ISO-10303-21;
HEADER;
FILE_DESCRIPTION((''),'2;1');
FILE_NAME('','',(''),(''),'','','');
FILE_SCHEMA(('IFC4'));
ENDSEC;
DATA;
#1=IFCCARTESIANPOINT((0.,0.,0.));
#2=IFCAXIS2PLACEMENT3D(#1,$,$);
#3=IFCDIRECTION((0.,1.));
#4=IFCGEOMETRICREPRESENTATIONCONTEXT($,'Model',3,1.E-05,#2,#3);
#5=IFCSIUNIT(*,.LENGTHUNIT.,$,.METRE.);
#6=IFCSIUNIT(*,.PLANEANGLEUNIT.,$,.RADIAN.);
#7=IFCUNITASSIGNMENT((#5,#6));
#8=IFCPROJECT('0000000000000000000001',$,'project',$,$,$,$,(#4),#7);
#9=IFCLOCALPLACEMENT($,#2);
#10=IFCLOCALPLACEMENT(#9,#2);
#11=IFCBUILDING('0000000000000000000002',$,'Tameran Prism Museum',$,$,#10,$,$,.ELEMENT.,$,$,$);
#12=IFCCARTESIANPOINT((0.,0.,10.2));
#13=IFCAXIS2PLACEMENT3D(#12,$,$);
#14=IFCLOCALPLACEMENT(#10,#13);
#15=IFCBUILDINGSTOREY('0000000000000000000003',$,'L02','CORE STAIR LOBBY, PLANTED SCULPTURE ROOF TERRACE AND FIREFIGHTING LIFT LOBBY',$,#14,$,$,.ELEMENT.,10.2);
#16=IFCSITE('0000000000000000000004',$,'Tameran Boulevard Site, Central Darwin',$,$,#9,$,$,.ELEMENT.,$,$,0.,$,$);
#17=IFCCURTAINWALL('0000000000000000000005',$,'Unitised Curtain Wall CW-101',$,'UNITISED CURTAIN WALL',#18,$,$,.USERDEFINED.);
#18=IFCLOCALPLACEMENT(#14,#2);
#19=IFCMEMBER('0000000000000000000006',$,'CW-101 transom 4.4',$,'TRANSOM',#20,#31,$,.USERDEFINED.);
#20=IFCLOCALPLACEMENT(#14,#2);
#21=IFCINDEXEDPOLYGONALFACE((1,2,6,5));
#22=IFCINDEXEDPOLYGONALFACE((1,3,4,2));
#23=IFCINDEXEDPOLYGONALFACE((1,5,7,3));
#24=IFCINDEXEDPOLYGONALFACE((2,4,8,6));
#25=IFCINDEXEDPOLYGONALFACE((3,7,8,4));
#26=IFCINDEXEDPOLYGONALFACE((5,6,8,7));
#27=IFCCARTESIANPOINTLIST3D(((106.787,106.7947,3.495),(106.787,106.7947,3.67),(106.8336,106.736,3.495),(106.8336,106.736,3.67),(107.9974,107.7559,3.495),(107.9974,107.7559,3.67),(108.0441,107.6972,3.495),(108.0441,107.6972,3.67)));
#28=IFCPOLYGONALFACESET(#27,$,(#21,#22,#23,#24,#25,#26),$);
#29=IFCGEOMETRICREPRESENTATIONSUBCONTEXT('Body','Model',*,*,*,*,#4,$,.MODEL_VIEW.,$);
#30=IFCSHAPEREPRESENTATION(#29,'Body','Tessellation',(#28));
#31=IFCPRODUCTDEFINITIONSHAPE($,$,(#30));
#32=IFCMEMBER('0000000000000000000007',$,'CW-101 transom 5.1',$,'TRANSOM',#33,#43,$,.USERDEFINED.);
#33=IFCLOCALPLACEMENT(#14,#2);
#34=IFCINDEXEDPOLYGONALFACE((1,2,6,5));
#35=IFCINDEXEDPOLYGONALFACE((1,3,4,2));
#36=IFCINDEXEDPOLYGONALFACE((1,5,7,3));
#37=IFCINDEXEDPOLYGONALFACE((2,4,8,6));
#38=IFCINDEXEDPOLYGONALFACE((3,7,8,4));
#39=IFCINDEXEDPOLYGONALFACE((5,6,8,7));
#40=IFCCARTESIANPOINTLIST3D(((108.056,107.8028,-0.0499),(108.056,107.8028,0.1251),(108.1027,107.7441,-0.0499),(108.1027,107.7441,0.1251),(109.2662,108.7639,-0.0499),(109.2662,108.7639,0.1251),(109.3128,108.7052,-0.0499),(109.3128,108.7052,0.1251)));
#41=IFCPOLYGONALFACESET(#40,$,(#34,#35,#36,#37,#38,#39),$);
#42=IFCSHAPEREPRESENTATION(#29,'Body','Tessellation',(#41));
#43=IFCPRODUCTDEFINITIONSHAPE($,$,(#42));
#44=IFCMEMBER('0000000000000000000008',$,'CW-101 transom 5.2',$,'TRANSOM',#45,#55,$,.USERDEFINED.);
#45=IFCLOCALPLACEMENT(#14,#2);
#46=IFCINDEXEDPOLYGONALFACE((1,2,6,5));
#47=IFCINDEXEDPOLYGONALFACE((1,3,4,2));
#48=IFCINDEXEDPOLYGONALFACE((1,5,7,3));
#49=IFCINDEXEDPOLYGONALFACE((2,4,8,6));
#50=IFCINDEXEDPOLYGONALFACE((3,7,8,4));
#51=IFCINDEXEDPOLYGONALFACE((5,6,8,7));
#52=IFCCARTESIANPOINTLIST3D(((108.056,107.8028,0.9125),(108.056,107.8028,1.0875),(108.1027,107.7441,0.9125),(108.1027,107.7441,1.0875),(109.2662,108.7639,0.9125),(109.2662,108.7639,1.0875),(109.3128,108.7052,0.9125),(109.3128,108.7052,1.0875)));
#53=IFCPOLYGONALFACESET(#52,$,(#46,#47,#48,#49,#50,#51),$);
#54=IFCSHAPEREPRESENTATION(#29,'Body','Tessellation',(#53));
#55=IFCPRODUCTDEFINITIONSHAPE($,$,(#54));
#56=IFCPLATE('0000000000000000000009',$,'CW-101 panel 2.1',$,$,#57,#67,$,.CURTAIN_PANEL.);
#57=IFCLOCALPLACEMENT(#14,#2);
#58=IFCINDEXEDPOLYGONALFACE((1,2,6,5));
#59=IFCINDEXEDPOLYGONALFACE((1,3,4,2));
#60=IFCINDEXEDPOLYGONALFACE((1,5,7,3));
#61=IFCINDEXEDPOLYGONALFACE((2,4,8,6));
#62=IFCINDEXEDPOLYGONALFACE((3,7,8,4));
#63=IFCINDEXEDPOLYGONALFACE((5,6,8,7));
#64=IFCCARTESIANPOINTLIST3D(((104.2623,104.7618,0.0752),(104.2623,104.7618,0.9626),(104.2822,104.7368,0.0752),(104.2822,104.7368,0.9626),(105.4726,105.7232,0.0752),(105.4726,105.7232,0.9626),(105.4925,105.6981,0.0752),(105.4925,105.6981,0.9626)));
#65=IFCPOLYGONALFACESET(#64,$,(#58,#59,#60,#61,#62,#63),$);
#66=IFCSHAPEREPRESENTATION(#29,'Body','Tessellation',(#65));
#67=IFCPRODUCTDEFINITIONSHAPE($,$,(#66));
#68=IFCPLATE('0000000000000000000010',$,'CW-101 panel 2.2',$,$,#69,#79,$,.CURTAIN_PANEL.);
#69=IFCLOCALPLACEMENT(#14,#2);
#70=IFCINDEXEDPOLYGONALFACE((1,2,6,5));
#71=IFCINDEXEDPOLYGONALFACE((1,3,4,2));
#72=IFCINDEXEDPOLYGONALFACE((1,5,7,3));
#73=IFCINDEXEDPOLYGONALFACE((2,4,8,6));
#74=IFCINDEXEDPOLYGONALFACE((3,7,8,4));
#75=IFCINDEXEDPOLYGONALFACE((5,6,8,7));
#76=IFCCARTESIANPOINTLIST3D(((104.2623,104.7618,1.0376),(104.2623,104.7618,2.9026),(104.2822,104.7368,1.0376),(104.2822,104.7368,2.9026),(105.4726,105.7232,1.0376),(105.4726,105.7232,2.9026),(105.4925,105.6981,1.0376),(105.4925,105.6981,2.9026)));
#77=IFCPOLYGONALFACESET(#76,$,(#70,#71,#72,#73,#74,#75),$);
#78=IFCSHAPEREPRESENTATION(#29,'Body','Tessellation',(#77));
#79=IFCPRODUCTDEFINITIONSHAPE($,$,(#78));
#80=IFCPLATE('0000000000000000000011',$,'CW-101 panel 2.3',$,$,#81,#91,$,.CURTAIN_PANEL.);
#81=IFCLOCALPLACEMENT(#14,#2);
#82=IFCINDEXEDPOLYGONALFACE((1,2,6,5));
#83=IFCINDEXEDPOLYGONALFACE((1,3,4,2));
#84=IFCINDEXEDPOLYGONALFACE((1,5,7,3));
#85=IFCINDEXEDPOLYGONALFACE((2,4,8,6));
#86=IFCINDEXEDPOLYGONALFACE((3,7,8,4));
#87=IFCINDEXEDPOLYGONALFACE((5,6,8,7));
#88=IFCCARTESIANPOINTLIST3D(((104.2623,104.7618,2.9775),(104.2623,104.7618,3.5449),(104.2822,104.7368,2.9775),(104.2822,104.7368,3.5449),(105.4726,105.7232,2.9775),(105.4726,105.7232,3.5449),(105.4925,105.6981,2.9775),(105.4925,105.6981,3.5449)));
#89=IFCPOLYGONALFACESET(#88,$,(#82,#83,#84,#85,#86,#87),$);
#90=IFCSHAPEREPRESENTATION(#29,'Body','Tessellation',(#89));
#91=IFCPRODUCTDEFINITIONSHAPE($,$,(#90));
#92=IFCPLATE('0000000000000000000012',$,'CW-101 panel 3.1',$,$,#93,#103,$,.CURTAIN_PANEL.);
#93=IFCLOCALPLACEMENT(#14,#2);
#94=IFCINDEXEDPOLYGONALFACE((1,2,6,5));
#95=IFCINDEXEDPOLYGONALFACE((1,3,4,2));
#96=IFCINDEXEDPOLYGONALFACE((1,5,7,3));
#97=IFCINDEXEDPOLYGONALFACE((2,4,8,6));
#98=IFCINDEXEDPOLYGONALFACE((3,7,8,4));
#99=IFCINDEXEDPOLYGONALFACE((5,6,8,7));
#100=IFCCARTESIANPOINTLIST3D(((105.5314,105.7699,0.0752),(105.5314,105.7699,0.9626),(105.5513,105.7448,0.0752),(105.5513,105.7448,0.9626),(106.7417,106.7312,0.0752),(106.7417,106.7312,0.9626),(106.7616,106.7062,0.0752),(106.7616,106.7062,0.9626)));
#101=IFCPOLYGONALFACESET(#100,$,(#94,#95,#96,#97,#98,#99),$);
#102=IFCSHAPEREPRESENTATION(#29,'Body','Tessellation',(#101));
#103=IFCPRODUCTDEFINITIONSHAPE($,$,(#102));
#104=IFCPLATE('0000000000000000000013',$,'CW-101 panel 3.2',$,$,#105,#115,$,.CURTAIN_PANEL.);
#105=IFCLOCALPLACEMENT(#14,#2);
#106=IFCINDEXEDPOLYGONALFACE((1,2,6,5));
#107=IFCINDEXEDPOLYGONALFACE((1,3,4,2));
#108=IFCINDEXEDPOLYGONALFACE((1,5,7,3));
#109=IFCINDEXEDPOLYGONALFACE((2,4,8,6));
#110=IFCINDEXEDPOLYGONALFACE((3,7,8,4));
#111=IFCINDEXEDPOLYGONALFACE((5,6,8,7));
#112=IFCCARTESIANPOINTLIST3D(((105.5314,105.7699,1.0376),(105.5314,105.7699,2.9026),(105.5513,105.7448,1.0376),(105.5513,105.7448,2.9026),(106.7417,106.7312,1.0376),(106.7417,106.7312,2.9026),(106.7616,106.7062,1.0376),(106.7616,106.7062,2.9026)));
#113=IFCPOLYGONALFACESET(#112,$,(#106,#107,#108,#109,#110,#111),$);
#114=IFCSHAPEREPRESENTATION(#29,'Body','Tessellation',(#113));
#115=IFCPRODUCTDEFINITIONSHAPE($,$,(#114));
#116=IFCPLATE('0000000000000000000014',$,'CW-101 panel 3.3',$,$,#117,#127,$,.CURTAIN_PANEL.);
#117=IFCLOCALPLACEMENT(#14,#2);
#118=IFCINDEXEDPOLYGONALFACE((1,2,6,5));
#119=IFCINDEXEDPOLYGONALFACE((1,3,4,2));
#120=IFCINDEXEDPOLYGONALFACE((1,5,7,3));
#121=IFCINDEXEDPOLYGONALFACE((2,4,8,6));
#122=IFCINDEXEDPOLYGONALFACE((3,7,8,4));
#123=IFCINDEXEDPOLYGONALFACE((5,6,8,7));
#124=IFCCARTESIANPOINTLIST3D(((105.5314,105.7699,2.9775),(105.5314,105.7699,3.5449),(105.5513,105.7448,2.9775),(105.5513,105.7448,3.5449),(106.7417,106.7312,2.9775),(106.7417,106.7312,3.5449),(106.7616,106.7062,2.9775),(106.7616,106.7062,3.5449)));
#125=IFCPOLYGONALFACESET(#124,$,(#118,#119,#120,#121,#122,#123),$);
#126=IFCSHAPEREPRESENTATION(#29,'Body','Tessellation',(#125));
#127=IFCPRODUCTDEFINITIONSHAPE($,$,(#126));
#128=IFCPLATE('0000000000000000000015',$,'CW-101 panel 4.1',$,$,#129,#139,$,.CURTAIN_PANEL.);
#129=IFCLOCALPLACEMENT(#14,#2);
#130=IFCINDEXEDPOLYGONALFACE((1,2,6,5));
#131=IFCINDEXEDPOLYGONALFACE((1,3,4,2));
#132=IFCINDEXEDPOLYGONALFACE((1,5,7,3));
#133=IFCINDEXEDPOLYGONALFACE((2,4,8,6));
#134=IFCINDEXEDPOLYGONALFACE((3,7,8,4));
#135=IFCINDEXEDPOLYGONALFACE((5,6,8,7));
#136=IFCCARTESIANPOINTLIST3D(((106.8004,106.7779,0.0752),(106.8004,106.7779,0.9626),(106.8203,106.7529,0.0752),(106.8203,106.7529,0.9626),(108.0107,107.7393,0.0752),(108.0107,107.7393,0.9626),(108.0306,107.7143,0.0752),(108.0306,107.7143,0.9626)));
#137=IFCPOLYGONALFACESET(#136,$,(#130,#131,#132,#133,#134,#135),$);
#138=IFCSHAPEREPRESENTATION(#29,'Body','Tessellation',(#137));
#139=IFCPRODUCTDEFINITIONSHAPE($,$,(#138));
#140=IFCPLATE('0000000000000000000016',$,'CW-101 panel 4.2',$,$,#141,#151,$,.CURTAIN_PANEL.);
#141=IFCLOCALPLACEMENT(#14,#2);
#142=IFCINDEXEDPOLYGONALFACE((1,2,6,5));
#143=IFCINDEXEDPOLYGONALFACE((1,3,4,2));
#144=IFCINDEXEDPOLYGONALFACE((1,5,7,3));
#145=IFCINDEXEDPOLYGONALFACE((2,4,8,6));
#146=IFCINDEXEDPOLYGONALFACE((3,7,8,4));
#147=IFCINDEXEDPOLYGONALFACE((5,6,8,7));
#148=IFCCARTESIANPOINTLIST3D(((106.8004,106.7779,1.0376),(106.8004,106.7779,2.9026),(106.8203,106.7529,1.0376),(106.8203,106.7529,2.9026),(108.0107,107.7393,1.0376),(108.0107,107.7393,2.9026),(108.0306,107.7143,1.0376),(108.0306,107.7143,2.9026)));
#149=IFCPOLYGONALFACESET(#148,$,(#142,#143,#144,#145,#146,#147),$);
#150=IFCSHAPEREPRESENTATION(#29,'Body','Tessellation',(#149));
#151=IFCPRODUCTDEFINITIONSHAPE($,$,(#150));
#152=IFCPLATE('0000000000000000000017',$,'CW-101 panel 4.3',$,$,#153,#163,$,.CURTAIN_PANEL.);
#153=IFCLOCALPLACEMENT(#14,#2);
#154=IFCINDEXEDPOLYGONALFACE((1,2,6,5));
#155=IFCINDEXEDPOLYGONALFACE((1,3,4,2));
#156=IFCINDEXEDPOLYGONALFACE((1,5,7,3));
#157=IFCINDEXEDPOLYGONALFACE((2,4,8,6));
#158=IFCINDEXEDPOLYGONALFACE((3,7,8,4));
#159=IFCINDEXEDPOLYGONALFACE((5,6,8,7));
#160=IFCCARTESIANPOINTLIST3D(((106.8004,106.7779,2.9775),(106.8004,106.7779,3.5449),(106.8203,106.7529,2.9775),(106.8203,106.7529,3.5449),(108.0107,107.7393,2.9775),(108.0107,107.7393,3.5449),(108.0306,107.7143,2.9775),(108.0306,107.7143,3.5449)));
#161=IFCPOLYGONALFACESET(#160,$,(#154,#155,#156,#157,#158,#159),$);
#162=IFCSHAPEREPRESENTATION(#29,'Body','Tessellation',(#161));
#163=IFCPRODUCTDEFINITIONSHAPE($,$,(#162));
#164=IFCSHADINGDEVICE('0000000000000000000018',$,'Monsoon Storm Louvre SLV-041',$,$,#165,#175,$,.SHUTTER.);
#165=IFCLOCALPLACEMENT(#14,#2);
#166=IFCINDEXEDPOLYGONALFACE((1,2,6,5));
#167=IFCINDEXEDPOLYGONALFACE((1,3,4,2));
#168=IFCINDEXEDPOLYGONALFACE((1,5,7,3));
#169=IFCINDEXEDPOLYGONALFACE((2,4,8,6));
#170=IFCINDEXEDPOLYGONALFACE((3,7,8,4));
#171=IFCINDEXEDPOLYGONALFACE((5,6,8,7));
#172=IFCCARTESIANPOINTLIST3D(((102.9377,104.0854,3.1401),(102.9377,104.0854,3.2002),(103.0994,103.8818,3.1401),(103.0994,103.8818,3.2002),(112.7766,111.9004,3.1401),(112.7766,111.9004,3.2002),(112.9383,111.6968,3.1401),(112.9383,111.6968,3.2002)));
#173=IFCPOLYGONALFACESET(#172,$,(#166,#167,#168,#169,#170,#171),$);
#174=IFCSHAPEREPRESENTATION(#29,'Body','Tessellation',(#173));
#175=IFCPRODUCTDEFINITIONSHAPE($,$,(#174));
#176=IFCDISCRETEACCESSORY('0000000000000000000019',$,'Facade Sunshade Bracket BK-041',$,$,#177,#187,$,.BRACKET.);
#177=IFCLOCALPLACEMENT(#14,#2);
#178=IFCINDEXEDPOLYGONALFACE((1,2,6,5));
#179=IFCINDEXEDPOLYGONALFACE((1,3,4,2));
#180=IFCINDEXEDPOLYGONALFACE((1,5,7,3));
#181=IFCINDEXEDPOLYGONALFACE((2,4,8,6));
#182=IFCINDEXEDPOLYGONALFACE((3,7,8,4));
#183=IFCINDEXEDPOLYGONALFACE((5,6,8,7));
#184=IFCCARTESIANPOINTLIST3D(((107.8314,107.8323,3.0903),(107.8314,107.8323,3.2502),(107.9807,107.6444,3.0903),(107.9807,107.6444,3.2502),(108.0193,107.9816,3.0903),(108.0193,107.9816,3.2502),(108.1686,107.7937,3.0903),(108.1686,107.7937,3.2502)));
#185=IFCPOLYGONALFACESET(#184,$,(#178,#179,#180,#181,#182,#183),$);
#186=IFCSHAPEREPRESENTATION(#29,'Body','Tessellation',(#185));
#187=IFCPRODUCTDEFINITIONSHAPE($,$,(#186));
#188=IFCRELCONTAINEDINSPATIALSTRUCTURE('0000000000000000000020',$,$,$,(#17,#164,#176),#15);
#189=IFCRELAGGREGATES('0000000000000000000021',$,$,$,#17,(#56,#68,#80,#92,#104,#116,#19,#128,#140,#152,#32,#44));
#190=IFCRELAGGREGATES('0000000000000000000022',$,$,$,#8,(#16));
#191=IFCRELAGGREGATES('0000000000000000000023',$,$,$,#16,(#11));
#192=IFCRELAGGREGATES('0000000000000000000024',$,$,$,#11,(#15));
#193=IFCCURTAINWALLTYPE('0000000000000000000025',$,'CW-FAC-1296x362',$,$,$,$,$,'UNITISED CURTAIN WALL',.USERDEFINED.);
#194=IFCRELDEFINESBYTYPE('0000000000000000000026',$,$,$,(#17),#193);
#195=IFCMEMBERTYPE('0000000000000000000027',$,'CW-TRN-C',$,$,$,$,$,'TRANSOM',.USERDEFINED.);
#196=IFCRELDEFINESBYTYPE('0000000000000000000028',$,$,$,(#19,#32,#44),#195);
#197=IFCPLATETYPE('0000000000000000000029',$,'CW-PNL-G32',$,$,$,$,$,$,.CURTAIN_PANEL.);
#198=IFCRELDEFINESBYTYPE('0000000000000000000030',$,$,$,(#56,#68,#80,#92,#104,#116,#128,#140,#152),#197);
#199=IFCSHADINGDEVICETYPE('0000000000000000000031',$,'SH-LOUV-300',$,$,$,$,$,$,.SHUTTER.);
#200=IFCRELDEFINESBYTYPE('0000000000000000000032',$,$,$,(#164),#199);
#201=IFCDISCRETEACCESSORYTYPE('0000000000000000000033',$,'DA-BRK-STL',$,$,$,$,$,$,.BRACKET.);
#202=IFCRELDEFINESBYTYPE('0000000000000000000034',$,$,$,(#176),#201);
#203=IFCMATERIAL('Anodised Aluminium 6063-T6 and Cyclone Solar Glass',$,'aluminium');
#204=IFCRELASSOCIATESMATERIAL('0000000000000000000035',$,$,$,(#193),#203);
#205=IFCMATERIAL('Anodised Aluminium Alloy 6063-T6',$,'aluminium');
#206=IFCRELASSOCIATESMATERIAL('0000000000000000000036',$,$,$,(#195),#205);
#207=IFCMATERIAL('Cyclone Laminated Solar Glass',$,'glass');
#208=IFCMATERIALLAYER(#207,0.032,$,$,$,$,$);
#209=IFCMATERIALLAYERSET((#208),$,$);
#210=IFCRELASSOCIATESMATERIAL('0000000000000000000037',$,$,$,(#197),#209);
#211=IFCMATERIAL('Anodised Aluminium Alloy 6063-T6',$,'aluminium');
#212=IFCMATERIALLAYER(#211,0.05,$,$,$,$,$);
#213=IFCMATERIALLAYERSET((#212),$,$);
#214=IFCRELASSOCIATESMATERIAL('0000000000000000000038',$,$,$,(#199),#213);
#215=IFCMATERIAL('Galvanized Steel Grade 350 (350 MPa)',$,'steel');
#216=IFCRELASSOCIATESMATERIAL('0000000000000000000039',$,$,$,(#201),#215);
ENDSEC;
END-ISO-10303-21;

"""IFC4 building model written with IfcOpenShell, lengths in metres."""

from ifc_helpers import new_model, si_unit, direction, frame, origin, origin_2d, place, context, subcontext, project, spatial, rectangle, extrude, material, layer, layer_set, material_profile, profile_set, type_object, element, aggregate, save


model = new_model("IFC4")

# Units and contexts
model_context = context("Model", 3, precision=1e-05, world=origin(), true_north=direction((0.0, 1.0)))
body_context = subcontext(model_context, "Body", "Model", "MODEL_VIEW")
ifc_project = project(units=[si_unit("LENGTHUNIT", "METRE"), si_unit("PLANEANGLEUNIT", "RADIAN")], contexts=[model_context])

# Site, building, storey
site_placement = place(None, origin())
site = spatial("IfcSite", under=ifc_project, at=site_placement, Name="Tameran Boulevard Site, Central Darwin", CompositionType="ELEMENT", RefElevation=0.0)
building_placement = place(site_placement, origin())
building = spatial("IfcBuilding", under=site, at=building_placement, Name="Tameran Prism Museum", CompositionType="ELEMENT")
storey_placement = place(building_placement, frame((0.0, 0.0, 10.2)))
storey = spatial("IfcBuildingStorey", under=building, at=storey_placement, Name="L02", Description="CORE STAIR LOBBY, PLANTED SCULPTURE ROOF TERRACE AND FIREFIGHTING LIFT LOBBY", CompositionType="ELEMENT", Elevation=10.2)

# Curtain wall, members, plates
ifc_material_1 = material(Name="Anodised Aluminium 6063-T6 and Cyclone Solar Glass", Category="aluminium")
curtain_wall_type = type_object("IfcCurtainWallType", Name="CW-FAC-1296x362", ElementType="UNITISED CURTAIN WALL", PredefinedType="USERDEFINED", material=ifc_material_1)
curtain_wall_placement = place(storey_placement, origin())
curtain_wall = element("IfcCurtainWall", 1, at=curtain_wall_placement, inside=storey, type_object=curtain_wall_type, Name="Unitised Curtain Wall CW-101", ObjectType="UNITISED CURTAIN WALL", PredefinedType="USERDEFINED")
ifc_material_2 = material(Name="Anodised Aluminium Alloy 6063-T6", Category="aluminium")
ifc_material_profile_1 = material_profile(ifc_material_2, rectangle(XDim=0.075, YDim=0.175, at=origin_2d()))
ifc_profile_set_1 = profile_set([ifc_material_profile_1])
member_type_1 = type_object("IfcMemberType", Name="CW-TRN-C", ElementType="TRANSOM", PredefinedType="USERDEFINED", material=ifc_profile_set_1)
member_1_placement = place(storey_placement, frame((106.8103, 106.7654, 3.5825), z_axis=(0.783129, 0.621859, 0.0), x_axis=(-0.621859, 0.783129, 0.0)))
member_1 = element("IfcMember", 2, at=member_1_placement, type_object=member_type_1, Name="CW-101 transom 4.4", ObjectType="TRANSOM", PredefinedType="USERDEFINED", context=body_context, shape_type="SweptSolid", body=[
    extrude(rectangle(XDim=0.075, YDim=0.175, at=origin_2d()), origin(), (0.0, 0.0, 1.0), 1.5457),
])
member_2_placement = place(storey_placement, frame((108.0793, 107.7734, 0.0376), z_axis=(0.783068, 0.621936, 0.0), x_axis=(-0.621936, 0.783068, 0.0)))
member_2 = element("IfcMember", 3, at=member_2_placement, type_object=member_type_1, Name="CW-101 transom 5.1", ObjectType="TRANSOM", PredefinedType="USERDEFINED", context=body_context, shape_type="SweptSolid", body=[
    extrude(rectangle(XDim=0.075, YDim=0.175, at=origin_2d()), origin(), (0.0, 0.0, 1.0), 1.5454),
])
member_3_placement = place(storey_placement, frame((108.0793, 107.7734, 1.0), z_axis=(0.783068, 0.621936, 0.0), x_axis=(-0.621936, 0.783068, 0.0)))
member_3 = element("IfcMember", 4, at=member_3_placement, type_object=member_type_1, Name="CW-101 transom 5.2", ObjectType="TRANSOM", PredefinedType="USERDEFINED", context=body_context, shape_type="SweptSolid", body=[
    extrude(rectangle(XDim=0.075, YDim=0.175, at=origin_2d()), origin(), (0.0, 0.0, 1.0), 1.5454),
])
ifc_material_3 = material(Name="Cyclone Laminated Solar Glass", Category="glass")
ifc_layer_1 = layer(ifc_material_3, 0.032)
ifc_layer_set_1 = layer_set([ifc_layer_1])
plate_type = type_object("IfcPlateType", Name="CW-PNL-G32", PredefinedType="CURTAIN_PANEL", material=ifc_layer_set_1)
plate_1_placement = place(storey_placement, frame((104.8774, 105.23, 0.0752), z_axis=(0.0, 0.0, 1.0), x_axis=(0.783031, 0.621982, 0.0)))
plate_1 = element("IfcPlate", 5, at=plate_1_placement, type_object=plate_type, Name="CW-101 panel 2.1", PredefinedType="CURTAIN_PANEL", context=body_context, shape_type="SweptSolid", body=[
    extrude(rectangle(XDim=1.5457, YDim=0.032, at=origin_2d()), origin(), (0.0, 0.0, 1.0), 0.8875),
])
plate_2_placement = place(storey_placement, frame((104.8774, 105.23, 1.0376), z_axis=(0.0, 0.0, 1.0), x_axis=(0.783031, 0.621982, 0.0)))
plate_2 = element("IfcPlate", 6, at=plate_2_placement, type_object=plate_type, Name="CW-101 panel 2.2", PredefinedType="CURTAIN_PANEL", context=body_context, shape_type="SweptSolid", body=[
    extrude(rectangle(XDim=1.5457, YDim=0.032, at=origin_2d()), origin(), (0.0, 0.0, 1.0), 1.865),
])
plate_3_placement = place(storey_placement, frame((104.8774, 105.23, 2.9775), z_axis=(0.0, 0.0, 1.0), x_axis=(0.783031, 0.621982, 0.0)))
plate_3 = element("IfcPlate", 7, at=plate_3_placement, type_object=plate_type, Name="CW-101 panel 2.3", PredefinedType="CURTAIN_PANEL", context=body_context, shape_type="SweptSolid", body=[
    extrude(rectangle(XDim=1.5457, YDim=0.032, at=origin_2d()), origin(), (0.0, 0.0, 1.0), 0.5674),
])
plate_4_placement = place(storey_placement, frame((106.1465, 106.238, 0.0752), z_axis=(0.0, 0.0, 1.0), x_axis=(0.783031, 0.621982, 0.0)))
plate_4 = element("IfcPlate", 8, at=plate_4_placement, type_object=plate_type, Name="CW-101 panel 3.1", PredefinedType="CURTAIN_PANEL", context=body_context, shape_type="SweptSolid", body=[
    extrude(rectangle(XDim=1.5457, YDim=0.032, at=origin_2d()), origin(), (0.0, 0.0, 1.0), 0.8875),
])
plate_5_placement = place(storey_placement, frame((106.1465, 106.238, 1.0376), z_axis=(0.0, 0.0, 1.0), x_axis=(0.783031, 0.621982, 0.0)))
plate_5 = element("IfcPlate", 9, at=plate_5_placement, type_object=plate_type, Name="CW-101 panel 3.2", PredefinedType="CURTAIN_PANEL", context=body_context, shape_type="SweptSolid", body=[
    extrude(rectangle(XDim=1.5457, YDim=0.032, at=origin_2d()), origin(), (0.0, 0.0, 1.0), 1.865),
])
plate_6_placement = place(storey_placement, frame((106.1465, 106.238, 2.9775), z_axis=(0.0, 0.0, 1.0), x_axis=(0.783031, 0.621982, 0.0)))
plate_6 = element("IfcPlate", 10, at=plate_6_placement, type_object=plate_type, Name="CW-101 panel 3.3", PredefinedType="CURTAIN_PANEL", context=body_context, shape_type="SweptSolid", body=[
    extrude(rectangle(XDim=1.5457, YDim=0.032, at=origin_2d()), origin(), (0.0, 0.0, 1.0), 0.5674),
])
plate_7_placement = place(storey_placement, frame((107.4155, 107.2461, 0.0752), z_axis=(0.0, 0.0, 1.0), x_axis=(0.783031, 0.621982, 0.0)))
plate_7 = element("IfcPlate", 11, at=plate_7_placement, type_object=plate_type, Name="CW-101 panel 4.1", PredefinedType="CURTAIN_PANEL", context=body_context, shape_type="SweptSolid", body=[
    extrude(rectangle(XDim=1.5457, YDim=0.032, at=origin_2d()), origin(), (0.0, 0.0, 1.0), 0.8875),
])
plate_8_placement = place(storey_placement, frame((107.4155, 107.2461, 1.0376), z_axis=(0.0, 0.0, 1.0), x_axis=(0.783031, 0.621982, 0.0)))
plate_8 = element("IfcPlate", 12, at=plate_8_placement, type_object=plate_type, Name="CW-101 panel 4.2", PredefinedType="CURTAIN_PANEL", context=body_context, shape_type="SweptSolid", body=[
    extrude(rectangle(XDim=1.5457, YDim=0.032, at=origin_2d()), origin(), (0.0, 0.0, 1.0), 1.865),
])
plate_9_placement = place(storey_placement, frame((107.4155, 107.2461, 2.9775), z_axis=(0.0, 0.0, 1.0), x_axis=(0.783031, 0.621982, 0.0)))
plate_9 = element("IfcPlate", 13, at=plate_9_placement, type_object=plate_type, Name="CW-101 panel 4.3", PredefinedType="CURTAIN_PANEL", context=body_context, shape_type="SweptSolid", body=[
    extrude(rectangle(XDim=1.5457, YDim=0.032, at=origin_2d()), origin(), (0.0, 0.0, 1.0), 0.5674),
])
aggregate(curtain_wall, [plate_1, plate_2, plate_3, plate_4, plate_5, plate_6, member_1, plate_7, plate_8, plate_9, member_2, member_3])

# Shading device
ifc_material_4 = material(Name="Anodised Aluminium Alloy 6063-T6", Category="aluminium")
ifc_layer_2 = layer(ifc_material_4, 0.05)
ifc_layer_set_2 = layer_set([ifc_layer_2])
shading_device_type = type_object("IfcShadingDeviceType", Name="SH-LOUV-300", PredefinedType="SHUTTER", material=ifc_layer_set_2)
shading_device_placement = place(storey_placement, frame((107.938, 107.8911, 3.1401), z_axis=(0.0, 0.0, 1.0), x_axis=(0.783043, 0.621968, 0.0)))
element("IfcShadingDevice", 14, at=shading_device_placement, inside=storey, type_object=shading_device_type, Name="Monsoon Storm Louvre SLV-041", PredefinedType="SHUTTER", context=body_context, shape_type="SweptSolid", body=[
    extrude(rectangle(XDim=12.5649, YDim=0.26, at=origin_2d()), origin(), (0.0, 0.0, 1.0), 0.0601),
])

# Discrete accessory
ifc_material_5 = material(Name="Galvanized Steel Grade 350 (350 MPa)", Category="steel")
discrete_accessory_type = type_object("IfcDiscreteAccessoryType", Name="DA-BRK-STL", PredefinedType="BRACKET", material=ifc_material_5)
discrete_accessory_placement = place(storey_placement, frame((108.0, 107.813, 3.0903), z_axis=(0.0, 0.0, 1.0), x_axis=(0.783043, 0.621968, 0.0)))
element("IfcDiscreteAccessory", 15, at=discrete_accessory_placement, inside=storey, type_object=discrete_accessory_type, Name="Facade Sunshade Bracket BK-041", PredefinedType="BRACKET", context=body_context, shape_type="SweptSolid", body=[
    extrude(rectangle(XDim=0.24, YDim=0.24, at=origin_2d()), origin(), (0.0, 0.0, 1.0), 0.1599),
])

save(model, "model.ifc")
